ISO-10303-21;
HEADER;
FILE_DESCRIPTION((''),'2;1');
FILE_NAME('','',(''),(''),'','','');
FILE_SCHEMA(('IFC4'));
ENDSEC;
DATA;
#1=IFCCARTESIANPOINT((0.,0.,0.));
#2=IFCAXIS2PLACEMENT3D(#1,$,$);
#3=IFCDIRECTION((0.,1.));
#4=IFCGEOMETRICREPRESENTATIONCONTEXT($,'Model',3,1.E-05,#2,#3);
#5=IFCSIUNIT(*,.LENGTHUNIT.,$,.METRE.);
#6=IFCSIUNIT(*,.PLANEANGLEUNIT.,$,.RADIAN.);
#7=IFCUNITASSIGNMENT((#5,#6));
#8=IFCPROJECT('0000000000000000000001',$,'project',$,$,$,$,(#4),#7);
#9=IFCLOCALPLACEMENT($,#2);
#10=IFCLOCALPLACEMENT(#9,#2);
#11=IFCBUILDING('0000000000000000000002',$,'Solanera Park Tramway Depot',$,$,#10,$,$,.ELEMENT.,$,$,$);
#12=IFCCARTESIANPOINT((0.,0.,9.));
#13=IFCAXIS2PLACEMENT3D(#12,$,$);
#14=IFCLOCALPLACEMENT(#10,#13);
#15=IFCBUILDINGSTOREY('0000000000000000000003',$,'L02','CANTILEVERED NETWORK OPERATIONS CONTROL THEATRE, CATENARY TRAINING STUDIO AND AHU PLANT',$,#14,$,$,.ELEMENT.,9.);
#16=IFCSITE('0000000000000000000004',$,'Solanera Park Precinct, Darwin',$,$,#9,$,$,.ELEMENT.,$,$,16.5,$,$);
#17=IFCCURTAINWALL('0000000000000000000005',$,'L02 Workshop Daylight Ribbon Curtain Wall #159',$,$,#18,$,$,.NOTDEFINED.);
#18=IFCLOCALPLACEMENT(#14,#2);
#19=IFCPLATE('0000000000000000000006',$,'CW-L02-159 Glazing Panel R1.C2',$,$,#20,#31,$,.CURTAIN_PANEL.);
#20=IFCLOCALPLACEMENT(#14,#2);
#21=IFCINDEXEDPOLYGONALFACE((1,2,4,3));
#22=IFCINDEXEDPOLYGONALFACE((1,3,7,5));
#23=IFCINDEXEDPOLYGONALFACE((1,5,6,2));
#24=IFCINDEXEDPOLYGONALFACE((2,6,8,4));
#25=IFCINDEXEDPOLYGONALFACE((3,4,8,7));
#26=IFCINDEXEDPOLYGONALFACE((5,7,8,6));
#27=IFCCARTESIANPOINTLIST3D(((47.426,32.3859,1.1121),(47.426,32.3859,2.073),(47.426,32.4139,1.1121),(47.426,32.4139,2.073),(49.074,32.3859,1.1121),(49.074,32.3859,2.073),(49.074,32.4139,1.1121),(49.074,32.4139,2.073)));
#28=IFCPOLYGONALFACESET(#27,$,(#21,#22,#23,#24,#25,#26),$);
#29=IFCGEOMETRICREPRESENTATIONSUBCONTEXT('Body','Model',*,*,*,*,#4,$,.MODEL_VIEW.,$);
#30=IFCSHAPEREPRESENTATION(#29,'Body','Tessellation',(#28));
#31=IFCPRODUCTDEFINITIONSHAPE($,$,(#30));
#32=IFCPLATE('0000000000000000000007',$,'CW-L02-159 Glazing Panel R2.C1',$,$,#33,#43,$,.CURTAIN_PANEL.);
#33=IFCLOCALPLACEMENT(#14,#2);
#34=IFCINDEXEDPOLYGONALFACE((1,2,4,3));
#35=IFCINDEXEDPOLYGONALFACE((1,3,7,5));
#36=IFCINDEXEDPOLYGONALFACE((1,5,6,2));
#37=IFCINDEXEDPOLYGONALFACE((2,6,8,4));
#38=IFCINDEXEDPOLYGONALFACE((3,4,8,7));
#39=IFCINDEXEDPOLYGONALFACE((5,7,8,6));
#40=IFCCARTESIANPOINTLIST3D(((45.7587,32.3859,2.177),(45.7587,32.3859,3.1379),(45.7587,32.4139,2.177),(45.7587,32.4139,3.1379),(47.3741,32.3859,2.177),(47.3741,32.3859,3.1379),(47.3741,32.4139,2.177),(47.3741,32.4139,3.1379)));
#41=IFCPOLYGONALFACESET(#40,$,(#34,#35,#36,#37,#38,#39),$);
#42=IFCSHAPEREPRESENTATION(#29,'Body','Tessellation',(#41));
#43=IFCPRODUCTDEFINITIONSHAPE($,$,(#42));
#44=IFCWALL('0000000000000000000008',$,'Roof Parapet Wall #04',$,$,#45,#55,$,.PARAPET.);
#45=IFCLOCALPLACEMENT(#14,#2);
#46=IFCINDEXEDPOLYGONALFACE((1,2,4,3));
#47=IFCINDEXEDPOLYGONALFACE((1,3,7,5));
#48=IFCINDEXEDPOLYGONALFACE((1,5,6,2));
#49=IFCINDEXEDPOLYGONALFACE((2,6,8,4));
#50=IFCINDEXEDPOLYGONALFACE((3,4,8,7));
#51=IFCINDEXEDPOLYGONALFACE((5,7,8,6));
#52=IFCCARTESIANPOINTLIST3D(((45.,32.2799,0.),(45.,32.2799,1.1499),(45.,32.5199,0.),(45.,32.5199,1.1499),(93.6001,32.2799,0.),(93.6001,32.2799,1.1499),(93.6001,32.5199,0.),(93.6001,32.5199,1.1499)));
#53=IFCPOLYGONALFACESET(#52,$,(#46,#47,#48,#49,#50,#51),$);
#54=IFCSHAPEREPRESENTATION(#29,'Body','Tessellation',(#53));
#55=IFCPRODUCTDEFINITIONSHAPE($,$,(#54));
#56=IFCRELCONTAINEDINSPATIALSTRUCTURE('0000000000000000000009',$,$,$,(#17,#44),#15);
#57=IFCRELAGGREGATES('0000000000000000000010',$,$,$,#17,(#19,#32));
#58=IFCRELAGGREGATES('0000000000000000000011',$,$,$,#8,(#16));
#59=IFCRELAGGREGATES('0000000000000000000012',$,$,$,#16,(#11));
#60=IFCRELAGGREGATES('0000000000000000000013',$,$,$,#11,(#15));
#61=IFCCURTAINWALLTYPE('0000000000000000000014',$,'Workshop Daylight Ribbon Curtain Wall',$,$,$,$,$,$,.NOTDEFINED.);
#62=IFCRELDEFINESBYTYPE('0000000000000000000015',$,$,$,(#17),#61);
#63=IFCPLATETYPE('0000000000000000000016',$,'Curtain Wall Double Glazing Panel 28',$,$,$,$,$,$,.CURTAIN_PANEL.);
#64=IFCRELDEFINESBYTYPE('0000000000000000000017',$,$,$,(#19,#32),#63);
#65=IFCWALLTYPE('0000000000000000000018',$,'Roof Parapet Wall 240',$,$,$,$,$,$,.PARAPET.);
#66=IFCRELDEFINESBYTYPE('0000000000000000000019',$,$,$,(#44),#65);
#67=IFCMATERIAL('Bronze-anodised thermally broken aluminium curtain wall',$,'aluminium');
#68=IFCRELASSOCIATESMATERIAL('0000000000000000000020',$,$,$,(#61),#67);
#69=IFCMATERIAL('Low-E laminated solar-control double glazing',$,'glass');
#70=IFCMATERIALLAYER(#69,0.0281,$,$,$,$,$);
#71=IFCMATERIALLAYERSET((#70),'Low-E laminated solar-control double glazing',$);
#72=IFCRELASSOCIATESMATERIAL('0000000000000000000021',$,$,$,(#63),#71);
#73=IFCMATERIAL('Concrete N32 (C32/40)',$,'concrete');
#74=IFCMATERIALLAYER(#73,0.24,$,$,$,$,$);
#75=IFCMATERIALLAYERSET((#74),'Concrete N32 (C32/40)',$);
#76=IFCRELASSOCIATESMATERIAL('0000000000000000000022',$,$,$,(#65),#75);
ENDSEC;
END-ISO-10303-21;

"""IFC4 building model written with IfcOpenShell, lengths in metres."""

from ifc_helpers import new_model, si_unit, direction, frame, frame_2d, origin, origin_2d, place, context, subcontext, project, spatial, rectangle, extrude, material, layer, layer_set, type_object, element, aggregate, save


model = new_model("IFC4")

# Units and contexts
model_context = context("Model", 3, precision=1e-05, world=origin(), true_north=direction((0.0, 1.0)))
body_context = subcontext(model_context, "Body", "Model", "MODEL_VIEW")
ifc_project = project(units=[si_unit("LENGTHUNIT", "METRE"), si_unit("PLANEANGLEUNIT", "RADIAN")], contexts=[model_context])

# Site, building, storey
site_placement = place(None, origin())
site = spatial("IfcSite", under=ifc_project, at=site_placement, Name="Solanera Park Precinct, Darwin", CompositionType="ELEMENT", RefElevation=16.5)
building_placement = place(site_placement, origin())
building = spatial("IfcBuilding", under=site, at=building_placement, Name="Solanera Park Tramway Depot", CompositionType="ELEMENT")
storey_placement = place(building_placement, frame((0.0, 0.0, 9.0)))
storey = spatial("IfcBuildingStorey", under=building, at=storey_placement, Name="L02", Description="CANTILEVERED NETWORK OPERATIONS CONTROL THEATRE, CATENARY TRAINING STUDIO AND AHU PLANT", CompositionType="ELEMENT", Elevation=9.0)

# Curtain wall
ifc_material_1 = material(Name="Bronze-anodised thermally broken aluminium curtain wall", Category="aluminium")
curtain_wall_type = type_object("IfcCurtainWallType", Name="Workshop Daylight Ribbon Curtain Wall", PredefinedType="NOTDEFINED", material=ifc_material_1)
curtain_wall_1_placement = place(storey_placement, origin())
curtain_wall_1 = element("IfcCurtainWall", 1, at=curtain_wall_1_placement, inside=storey, type_object=curtain_wall_type, Name="L02 Workshop Daylight Ribbon Curtain Wall #159", PredefinedType="NOTDEFINED")

# Plates
ifc_material_2 = material(Name="Low-E laminated solar-control double glazing", Category="glass")
ifc_layer_1 = layer(ifc_material_2, 0.0281)
ifc_layer_set_1 = layer_set([ifc_layer_1], Name="Low-E laminated solar-control double glazing")
plate_type = type_object("IfcPlateType", Name="Curtain Wall Double Glazing Panel 28", PredefinedType="CURTAIN_PANEL", material=ifc_layer_set_1)
plate_1_placement = place(storey_placement, frame((48.25, 32.3999, 1.1121), z_axis=(0.0, 0.0, 1.0), x_axis=(1.0, 0.0, 0.0)))
plate_1 = element("IfcPlate", 2, at=plate_1_placement, type_object=plate_type, Name="CW-L02-159 Glazing Panel R1.C2", PredefinedType="CURTAIN_PANEL", context=body_context, shape_type="SweptSolid", body=[
    extrude(rectangle(XDim=1.6479, YDim=0.0281, at=origin_2d()), origin(), (0.0, 0.0, 1.0), 0.9609),
])
plate_2_placement = place(storey_placement, frame((46.5664, 32.3999, 2.177), z_axis=(0.0, 0.0, 1.0), x_axis=(1.0, 0.0, 0.0)))
plate_2 = element("IfcPlate", 3, at=plate_2_placement, type_object=plate_type, Name="CW-L02-159 Glazing Panel R2.C1", PredefinedType="CURTAIN_PANEL", context=body_context, shape_type="SweptSolid", body=[
    extrude(rectangle(XDim=1.6155, YDim=0.0281, at=origin_2d()), origin(), (0.0, 0.0, 1.0), 0.9609),
])
aggregate(curtain_wall_1, [plate_1, plate_2])

# Wall
ifc_material_3 = material(Name="Concrete N32 (C32/40)", Category="concrete")
ifc_layer_2 = layer(ifc_material_3, 0.24)
ifc_layer_set_2 = layer_set([ifc_layer_2], Name="Concrete N32 (C32/40)")
wall_type = type_object("IfcWallType", Name="Roof Parapet Wall 240", PredefinedType="PARAPET", material=ifc_layer_set_2)
wall_placement = place(storey_placement, frame((45.0, 32.3999, 0.0), z_axis=(0.0, 0.0, 1.0), x_axis=(1.0, 0.0, 0.0)))
element("IfcWall", 4, at=wall_placement, inside=storey, type_object=wall_type, Name="Roof Parapet Wall #04", PredefinedType="PARAPET", context=body_context, shape_type="SweptSolid", body=[
    extrude(rectangle(XDim=48.6001, YDim=0.24, at=frame_2d((24.3, 0.0))), origin(), (0.0, 0.0, 1.0), 1.1499),
])

save(model, "model.ifc")
